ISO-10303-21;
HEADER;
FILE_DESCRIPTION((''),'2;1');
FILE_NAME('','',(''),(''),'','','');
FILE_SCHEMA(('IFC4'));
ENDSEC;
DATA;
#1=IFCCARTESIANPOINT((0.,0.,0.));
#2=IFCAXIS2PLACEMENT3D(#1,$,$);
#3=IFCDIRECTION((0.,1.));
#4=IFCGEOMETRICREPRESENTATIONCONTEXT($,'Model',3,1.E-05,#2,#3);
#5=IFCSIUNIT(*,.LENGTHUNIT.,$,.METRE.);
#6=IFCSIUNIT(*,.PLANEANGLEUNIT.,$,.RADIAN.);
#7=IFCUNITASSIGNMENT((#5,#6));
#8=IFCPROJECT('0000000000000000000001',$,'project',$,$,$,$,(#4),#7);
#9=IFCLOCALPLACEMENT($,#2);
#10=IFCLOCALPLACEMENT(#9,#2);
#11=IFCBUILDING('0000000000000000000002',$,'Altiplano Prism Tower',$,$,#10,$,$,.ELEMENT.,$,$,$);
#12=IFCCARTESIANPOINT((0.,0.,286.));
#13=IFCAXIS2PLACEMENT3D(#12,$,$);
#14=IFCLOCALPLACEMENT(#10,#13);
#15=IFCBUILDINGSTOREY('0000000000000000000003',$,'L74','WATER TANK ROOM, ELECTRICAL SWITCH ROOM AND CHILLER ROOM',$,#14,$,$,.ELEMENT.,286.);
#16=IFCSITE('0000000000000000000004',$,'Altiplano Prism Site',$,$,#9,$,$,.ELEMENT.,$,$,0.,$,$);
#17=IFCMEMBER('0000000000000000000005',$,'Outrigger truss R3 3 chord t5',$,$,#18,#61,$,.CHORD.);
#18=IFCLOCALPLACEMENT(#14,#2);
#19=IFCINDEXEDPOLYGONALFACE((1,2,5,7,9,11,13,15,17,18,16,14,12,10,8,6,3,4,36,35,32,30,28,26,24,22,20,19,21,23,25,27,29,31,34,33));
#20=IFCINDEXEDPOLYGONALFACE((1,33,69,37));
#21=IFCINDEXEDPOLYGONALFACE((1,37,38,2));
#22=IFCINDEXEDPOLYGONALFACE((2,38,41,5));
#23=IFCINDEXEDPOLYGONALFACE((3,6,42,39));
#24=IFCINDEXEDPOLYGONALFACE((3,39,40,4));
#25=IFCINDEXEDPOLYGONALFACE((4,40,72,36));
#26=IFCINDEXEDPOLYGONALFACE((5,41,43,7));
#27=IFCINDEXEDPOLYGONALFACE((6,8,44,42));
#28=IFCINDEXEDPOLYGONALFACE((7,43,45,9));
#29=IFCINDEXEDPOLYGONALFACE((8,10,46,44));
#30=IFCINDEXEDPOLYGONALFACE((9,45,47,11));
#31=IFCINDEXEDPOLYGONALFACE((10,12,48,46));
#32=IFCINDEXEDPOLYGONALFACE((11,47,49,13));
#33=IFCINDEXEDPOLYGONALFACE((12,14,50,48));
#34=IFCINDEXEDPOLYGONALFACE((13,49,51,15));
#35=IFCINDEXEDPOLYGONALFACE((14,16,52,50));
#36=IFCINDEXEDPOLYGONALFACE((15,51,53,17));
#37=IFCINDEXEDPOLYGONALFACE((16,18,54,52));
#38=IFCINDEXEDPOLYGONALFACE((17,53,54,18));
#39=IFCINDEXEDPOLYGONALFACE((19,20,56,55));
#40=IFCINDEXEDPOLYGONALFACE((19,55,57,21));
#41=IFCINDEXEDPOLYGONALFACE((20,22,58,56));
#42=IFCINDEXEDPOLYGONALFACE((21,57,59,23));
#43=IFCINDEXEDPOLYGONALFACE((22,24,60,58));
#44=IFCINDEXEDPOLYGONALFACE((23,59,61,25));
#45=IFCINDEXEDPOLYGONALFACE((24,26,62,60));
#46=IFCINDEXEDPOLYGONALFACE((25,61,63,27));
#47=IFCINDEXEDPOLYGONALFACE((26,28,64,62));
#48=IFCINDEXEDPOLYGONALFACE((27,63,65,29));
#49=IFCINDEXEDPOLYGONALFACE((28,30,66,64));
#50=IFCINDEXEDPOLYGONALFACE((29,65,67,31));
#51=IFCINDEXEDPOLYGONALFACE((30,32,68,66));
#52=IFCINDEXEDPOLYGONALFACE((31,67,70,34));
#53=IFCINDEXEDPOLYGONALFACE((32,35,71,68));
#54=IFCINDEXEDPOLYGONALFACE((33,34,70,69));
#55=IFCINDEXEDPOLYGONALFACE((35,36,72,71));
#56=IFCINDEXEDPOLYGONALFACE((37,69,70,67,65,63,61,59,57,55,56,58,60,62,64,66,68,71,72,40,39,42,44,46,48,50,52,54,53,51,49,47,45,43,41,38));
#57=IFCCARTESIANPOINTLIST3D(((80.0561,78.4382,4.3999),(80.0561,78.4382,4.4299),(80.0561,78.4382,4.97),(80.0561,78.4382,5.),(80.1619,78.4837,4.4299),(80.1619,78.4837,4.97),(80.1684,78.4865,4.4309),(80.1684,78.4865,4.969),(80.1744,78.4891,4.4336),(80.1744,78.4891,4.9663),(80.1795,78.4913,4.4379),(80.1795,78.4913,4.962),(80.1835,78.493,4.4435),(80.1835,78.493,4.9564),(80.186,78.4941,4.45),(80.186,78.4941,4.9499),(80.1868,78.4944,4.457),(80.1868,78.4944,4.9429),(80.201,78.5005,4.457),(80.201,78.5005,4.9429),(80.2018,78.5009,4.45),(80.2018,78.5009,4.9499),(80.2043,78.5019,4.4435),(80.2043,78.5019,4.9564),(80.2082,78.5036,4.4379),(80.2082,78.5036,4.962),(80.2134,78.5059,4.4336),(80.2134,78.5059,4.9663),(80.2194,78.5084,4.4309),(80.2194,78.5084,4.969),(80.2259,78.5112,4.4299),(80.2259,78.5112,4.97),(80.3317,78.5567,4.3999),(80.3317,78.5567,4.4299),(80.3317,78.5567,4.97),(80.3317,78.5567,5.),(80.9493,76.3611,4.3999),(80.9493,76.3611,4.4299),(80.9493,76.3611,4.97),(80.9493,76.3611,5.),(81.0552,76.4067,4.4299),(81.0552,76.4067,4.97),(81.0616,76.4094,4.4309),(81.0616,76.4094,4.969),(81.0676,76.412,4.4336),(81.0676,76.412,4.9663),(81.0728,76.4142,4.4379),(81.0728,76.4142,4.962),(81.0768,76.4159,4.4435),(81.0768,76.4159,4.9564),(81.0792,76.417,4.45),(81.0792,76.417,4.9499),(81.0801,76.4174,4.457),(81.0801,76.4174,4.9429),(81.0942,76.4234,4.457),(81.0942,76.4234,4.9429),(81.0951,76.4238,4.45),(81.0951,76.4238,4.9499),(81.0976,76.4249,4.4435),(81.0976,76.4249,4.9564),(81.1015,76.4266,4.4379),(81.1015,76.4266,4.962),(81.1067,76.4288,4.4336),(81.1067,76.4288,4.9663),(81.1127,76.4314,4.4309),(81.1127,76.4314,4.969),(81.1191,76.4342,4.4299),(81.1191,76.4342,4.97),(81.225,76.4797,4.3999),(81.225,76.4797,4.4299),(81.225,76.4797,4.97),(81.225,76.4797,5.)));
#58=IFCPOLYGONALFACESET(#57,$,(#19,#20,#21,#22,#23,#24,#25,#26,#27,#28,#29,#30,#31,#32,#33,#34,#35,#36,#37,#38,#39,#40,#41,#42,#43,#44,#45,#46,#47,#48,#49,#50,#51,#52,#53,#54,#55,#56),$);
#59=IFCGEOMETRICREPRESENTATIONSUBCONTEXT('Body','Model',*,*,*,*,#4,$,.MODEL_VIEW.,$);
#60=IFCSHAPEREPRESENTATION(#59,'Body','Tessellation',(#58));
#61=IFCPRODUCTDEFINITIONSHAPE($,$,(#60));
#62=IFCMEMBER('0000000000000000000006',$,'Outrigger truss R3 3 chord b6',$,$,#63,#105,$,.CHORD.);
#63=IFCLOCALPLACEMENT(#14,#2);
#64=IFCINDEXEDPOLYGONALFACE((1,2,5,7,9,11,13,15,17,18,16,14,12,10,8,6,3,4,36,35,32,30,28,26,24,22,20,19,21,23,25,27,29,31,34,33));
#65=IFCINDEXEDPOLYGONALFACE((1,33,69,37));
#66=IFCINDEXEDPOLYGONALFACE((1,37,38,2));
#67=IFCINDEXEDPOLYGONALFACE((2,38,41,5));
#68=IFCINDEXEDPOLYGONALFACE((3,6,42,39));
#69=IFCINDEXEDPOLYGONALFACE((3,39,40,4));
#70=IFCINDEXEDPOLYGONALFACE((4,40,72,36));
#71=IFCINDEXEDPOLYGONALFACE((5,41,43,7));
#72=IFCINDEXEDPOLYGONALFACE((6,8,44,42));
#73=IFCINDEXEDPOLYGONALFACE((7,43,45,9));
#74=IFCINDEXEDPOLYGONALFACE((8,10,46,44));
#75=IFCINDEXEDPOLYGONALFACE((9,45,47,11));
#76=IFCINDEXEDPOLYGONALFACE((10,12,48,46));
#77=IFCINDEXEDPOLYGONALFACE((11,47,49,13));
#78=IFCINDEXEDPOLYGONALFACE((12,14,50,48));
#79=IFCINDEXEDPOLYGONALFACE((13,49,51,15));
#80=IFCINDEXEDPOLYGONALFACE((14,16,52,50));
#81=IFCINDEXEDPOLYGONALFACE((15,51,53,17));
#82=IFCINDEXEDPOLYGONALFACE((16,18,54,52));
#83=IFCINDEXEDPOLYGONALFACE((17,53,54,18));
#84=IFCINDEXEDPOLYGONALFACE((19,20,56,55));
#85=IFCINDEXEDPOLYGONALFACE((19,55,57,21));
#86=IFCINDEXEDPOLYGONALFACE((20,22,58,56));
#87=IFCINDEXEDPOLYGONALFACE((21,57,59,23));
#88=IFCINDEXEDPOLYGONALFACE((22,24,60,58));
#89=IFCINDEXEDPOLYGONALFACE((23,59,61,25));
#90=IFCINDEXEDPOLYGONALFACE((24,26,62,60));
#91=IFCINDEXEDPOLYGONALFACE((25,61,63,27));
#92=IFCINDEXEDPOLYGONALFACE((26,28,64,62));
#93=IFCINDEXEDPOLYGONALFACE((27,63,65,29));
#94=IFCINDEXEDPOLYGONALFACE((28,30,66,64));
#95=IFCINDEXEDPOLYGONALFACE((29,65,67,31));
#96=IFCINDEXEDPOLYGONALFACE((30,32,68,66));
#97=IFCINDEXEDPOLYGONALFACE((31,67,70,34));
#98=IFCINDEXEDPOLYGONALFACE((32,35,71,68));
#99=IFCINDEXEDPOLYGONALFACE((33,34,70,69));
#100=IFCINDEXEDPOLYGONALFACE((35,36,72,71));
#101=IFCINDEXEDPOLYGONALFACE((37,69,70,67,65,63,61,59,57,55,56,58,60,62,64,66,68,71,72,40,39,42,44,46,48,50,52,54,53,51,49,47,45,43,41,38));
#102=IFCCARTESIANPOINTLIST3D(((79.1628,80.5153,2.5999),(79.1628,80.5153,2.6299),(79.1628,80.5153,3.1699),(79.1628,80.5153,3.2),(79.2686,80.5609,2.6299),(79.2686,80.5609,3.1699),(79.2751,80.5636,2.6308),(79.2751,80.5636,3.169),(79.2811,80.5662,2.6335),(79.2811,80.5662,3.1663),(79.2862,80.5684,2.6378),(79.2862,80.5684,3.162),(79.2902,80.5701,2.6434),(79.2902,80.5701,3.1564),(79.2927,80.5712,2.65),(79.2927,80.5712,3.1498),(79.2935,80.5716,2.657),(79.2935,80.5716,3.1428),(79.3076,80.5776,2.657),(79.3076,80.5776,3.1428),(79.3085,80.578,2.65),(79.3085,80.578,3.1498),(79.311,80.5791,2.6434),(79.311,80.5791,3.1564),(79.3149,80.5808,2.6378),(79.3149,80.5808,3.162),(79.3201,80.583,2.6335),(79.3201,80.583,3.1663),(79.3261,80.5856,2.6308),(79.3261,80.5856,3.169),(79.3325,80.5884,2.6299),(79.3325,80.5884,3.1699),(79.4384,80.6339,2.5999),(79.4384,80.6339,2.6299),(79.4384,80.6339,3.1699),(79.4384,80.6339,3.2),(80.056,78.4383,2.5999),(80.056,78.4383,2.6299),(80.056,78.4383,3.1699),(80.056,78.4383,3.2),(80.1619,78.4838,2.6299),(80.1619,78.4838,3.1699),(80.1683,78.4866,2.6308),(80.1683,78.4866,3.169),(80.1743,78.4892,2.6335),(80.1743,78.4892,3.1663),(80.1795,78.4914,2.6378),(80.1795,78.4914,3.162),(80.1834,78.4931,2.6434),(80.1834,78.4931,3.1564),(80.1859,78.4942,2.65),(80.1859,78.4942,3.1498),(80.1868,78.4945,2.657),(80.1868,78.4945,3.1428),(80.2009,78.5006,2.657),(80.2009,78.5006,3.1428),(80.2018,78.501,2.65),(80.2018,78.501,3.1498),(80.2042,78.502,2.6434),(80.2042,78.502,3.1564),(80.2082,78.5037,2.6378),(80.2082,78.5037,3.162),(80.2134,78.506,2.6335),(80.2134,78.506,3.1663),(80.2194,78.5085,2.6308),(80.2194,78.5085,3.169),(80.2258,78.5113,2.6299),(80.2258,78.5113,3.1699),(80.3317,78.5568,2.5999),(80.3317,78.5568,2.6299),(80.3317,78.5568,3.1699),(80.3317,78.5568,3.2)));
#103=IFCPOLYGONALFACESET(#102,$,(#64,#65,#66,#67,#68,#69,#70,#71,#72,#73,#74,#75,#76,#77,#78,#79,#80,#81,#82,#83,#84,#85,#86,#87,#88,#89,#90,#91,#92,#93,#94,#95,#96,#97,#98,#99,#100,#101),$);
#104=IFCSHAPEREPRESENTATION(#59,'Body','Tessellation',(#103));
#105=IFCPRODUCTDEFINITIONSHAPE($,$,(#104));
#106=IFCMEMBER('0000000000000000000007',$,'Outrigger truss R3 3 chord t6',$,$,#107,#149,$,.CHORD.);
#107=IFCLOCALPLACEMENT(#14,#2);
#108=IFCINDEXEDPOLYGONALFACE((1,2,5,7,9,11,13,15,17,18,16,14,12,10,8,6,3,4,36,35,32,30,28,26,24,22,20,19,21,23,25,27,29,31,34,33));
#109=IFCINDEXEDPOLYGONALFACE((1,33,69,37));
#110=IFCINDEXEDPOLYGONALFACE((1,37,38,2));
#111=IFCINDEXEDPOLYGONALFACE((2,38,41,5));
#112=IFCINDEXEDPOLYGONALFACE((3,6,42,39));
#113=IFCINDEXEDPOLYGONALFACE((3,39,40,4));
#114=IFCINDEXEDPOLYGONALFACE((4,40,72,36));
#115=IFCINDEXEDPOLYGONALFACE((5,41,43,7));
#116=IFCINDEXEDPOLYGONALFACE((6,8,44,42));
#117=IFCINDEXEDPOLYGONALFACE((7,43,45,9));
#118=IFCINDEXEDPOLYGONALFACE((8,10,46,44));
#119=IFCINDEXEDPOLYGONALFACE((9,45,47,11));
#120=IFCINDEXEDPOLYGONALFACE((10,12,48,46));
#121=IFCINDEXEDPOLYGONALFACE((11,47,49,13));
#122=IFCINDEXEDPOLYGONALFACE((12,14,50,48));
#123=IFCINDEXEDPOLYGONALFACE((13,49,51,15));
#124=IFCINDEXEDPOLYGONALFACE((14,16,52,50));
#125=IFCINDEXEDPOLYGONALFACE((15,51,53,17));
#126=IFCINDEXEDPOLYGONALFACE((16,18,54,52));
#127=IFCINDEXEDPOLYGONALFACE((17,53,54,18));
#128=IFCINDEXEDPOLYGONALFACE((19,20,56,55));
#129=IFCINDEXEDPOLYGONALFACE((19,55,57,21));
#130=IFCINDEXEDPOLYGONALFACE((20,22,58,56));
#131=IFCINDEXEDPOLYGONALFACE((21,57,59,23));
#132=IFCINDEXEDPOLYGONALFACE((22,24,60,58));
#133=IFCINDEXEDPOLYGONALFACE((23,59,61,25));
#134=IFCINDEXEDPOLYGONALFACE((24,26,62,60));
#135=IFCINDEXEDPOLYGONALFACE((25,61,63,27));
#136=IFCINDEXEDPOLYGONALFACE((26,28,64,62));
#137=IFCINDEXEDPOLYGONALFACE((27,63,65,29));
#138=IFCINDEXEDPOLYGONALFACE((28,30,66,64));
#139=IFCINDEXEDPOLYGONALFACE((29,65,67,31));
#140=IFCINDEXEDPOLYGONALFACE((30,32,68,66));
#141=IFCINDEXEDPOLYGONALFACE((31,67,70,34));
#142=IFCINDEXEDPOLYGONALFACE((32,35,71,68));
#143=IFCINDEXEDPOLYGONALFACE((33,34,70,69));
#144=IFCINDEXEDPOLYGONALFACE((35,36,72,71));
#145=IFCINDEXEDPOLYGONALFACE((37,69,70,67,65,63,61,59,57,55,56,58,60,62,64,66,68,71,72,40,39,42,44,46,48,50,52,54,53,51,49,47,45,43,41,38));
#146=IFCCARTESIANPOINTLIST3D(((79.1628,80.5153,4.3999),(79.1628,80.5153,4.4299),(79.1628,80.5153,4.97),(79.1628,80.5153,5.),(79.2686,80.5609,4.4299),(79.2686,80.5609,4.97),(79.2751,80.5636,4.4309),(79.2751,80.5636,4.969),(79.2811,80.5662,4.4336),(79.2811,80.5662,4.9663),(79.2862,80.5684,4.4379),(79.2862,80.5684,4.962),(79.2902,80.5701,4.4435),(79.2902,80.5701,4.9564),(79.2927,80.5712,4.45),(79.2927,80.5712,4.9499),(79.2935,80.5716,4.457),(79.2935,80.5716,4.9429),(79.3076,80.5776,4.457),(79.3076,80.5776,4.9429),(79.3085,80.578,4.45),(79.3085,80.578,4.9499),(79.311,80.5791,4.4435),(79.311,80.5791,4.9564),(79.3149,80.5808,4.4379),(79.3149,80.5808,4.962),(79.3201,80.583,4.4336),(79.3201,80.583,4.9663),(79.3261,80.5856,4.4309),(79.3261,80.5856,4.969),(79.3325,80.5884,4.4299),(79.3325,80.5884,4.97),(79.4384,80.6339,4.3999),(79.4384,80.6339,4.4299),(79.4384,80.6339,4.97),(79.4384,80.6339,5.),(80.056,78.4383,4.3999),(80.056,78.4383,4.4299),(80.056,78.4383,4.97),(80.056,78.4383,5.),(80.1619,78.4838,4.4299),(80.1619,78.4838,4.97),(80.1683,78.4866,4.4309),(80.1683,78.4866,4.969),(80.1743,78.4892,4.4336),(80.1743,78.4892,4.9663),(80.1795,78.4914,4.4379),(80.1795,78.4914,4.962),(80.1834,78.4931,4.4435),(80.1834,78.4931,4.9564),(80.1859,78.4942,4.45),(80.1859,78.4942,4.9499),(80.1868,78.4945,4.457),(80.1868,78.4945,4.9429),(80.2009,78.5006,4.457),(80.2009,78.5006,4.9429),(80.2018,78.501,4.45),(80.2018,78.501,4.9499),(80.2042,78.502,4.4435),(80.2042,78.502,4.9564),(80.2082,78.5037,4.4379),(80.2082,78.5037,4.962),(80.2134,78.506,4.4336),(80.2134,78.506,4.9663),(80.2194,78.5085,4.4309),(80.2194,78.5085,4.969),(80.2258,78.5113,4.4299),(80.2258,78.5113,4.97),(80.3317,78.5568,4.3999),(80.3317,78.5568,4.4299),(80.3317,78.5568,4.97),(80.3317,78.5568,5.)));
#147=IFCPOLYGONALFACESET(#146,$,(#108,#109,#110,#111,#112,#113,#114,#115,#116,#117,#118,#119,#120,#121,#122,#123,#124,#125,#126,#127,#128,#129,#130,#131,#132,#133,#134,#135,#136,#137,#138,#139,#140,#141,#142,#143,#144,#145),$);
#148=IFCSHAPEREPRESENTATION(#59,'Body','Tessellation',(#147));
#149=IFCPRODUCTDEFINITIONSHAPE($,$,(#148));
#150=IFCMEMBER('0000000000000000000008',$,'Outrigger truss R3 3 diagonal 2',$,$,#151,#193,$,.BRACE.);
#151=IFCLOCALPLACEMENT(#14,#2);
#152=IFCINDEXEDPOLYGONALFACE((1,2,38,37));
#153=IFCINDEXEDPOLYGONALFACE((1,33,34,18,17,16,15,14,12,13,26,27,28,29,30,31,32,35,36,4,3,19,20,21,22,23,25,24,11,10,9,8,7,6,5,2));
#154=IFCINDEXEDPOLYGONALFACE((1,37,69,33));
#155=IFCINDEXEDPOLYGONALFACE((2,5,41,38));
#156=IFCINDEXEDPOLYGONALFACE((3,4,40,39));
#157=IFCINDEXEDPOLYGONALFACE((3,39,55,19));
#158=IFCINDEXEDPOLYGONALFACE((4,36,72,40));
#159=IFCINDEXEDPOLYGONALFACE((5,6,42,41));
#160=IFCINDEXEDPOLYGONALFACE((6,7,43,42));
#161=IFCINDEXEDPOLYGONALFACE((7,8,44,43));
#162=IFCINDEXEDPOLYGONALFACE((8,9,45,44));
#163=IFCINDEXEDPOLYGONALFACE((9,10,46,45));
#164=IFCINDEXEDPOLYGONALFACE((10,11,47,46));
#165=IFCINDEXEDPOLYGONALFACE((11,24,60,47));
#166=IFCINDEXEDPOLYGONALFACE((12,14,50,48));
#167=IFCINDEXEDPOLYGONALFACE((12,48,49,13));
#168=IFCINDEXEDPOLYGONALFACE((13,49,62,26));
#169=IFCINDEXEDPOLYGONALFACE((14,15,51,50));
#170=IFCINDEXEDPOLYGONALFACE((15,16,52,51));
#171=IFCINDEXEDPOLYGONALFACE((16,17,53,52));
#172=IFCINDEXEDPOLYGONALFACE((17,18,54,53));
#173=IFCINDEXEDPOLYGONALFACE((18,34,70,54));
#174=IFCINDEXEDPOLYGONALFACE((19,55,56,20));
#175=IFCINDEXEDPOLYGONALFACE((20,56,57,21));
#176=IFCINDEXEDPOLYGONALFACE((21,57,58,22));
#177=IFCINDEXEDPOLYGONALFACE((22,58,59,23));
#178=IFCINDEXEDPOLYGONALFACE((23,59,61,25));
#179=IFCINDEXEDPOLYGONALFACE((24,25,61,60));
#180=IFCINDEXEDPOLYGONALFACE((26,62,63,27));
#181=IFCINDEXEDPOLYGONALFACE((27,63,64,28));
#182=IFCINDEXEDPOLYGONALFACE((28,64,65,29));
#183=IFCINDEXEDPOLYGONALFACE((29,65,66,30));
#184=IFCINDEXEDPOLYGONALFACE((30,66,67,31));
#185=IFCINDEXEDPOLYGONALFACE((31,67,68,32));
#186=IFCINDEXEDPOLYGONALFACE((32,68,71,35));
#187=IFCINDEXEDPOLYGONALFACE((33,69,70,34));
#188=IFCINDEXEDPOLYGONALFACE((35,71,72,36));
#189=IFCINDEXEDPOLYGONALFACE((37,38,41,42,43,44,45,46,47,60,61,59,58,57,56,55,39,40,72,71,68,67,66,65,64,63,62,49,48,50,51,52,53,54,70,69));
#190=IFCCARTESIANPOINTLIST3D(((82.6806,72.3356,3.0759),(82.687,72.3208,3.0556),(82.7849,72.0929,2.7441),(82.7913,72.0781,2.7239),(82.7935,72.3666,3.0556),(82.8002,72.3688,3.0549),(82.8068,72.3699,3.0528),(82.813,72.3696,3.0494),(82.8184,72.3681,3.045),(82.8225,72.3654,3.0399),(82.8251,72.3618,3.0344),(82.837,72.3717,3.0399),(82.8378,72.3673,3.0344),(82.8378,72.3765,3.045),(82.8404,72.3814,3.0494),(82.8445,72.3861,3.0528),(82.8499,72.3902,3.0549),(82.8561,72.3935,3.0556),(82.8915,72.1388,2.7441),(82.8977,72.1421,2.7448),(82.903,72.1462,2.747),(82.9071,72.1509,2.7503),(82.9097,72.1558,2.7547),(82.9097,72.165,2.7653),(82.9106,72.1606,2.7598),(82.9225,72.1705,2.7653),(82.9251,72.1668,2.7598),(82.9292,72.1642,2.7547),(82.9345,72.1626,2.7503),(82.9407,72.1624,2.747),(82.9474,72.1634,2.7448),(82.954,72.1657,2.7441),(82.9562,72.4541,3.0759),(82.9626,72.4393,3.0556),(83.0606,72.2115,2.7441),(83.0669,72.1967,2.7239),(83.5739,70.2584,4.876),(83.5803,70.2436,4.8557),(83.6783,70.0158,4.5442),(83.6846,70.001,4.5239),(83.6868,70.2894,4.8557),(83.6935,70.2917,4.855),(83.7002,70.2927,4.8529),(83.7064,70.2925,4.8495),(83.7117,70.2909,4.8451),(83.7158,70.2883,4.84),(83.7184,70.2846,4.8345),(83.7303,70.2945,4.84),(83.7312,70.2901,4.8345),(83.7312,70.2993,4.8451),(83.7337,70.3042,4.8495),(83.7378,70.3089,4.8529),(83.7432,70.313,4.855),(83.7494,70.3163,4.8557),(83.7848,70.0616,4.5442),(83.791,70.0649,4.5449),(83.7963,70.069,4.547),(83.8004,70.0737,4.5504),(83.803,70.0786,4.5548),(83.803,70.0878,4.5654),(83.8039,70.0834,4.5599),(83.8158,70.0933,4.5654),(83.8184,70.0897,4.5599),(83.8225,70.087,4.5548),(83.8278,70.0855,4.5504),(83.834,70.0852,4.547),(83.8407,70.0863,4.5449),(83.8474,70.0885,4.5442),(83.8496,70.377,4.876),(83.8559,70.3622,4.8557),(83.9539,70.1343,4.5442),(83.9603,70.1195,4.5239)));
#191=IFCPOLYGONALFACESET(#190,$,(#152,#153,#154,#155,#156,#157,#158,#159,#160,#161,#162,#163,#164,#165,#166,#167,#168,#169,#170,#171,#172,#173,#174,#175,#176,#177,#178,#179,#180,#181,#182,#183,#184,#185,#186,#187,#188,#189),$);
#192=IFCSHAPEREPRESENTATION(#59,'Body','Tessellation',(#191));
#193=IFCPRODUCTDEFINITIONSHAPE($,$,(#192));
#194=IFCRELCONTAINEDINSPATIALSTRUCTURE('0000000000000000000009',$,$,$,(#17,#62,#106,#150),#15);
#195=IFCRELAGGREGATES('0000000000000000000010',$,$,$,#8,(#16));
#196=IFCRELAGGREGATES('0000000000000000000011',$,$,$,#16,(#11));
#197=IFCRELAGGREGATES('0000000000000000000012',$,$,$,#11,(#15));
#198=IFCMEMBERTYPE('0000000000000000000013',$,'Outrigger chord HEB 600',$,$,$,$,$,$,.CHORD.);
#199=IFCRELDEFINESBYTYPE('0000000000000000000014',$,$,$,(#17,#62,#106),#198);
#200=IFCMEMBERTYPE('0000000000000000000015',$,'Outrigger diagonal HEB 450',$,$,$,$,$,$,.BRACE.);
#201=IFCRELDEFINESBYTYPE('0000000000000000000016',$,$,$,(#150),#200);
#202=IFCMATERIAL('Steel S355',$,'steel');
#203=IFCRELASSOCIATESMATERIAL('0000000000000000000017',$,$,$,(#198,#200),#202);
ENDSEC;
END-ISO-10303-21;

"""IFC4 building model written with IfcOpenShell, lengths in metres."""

from ifc_helpers import new_model, si_unit, direction, frame, origin, origin_2d, place, context, subcontext, project, spatial, i_section, extrude, material, material_profile, profile_set, type_object, element, save


model = new_model("IFC4")

# Units and contexts
model_context = context("Model", 3, precision=1e-05, world=origin(), true_north=direction((0.0, 1.0)))
body_context = subcontext(model_context, "Body", "Model", "MODEL_VIEW")
ifc_project = project(units=[si_unit("LENGTHUNIT", "METRE"), si_unit("PLANEANGLEUNIT", "RADIAN")], contexts=[model_context])

# Site, building, storey
site_placement = place(None, origin())
site = spatial("IfcSite", under=ifc_project, at=site_placement, Name="Altiplano Prism Site", CompositionType="ELEMENT", RefElevation=0.0)
building_placement = place(site_placement, origin())
building = spatial("IfcBuilding", under=site, at=building_placement, Name="Altiplano Prism Tower", CompositionType="ELEMENT")
storey_placement = place(building_placement, frame((0.0, 0.0, 286.0)))
storey = spatial("IfcBuildingStorey", under=building, at=storey_placement, Name="L74", Description="WATER TANK ROOM, ELECTRICAL SWITCH ROOM AND CHILLER ROOM", CompositionType="ELEMENT", Elevation=286.0)

# Shared definitions
ifc_material_1 = material(Name="Steel S355", Category="steel")

# Members
ifc_material_profile_1 = material_profile(ifc_material_1, i_section(OverallWidth=0.3, OverallDepth=0.6001, WebThickness=0.0154, FlangeThickness=0.03, FilletRadius=0.0271, at=origin_2d()), Name="Outrigger chord HEB 600")
ifc_profile_set_1 = profile_set([ifc_material_profile_1], Name="Steel S355")
member_type_1 = type_object("IfcMemberType", Name="Outrigger chord HEB 600", PredefinedType="CHORD", material=ifc_profile_set_1)
for number, where, z_axis, x_axis, name in (
    (1, (81.0872, 76.4204, 4.7), (-0.395079, 0.918647, 0.0), (-0.918647, -0.395079, 0.0), "Outrigger truss R3 3 chord t5"),
    (2, (80.1938, 78.4976, 2.8999), (-0.395079, 0.918647, 0.0), (-0.918647, -0.395079, 0.0), "Outrigger truss R3 3 chord b6"),
    (3, (80.1938, 78.4976, 4.7), (-0.395079, 0.918647, 0.0), (-0.918647, -0.395079, 0.0), "Outrigger truss R3 3 chord t6"),
):
    element("IfcMember", number, at=place(storey_placement, frame(where, z_axis=z_axis, x_axis=x_axis)), inside=storey, type_object=member_type_1, Name=name, PredefinedType="CHORD", context=body_context, shape_type="SweptSolid", body=[
        extrude(i_section(OverallWidth=0.3, OverallDepth=0.6001, WebThickness=0.0154, FlangeThickness=0.03, FilletRadius=0.0271, at=origin_2d()), origin(), (0.0, 0.0, 1.0), 2.261),
    ])
ifc_material_profile_2 = material_profile(ifc_material_1, i_section(OverallWidth=0.3, OverallDepth=0.45, WebThickness=0.0139, FlangeThickness=0.0259, FilletRadius=0.0271, at=origin_2d()), Name="Outrigger diagonal HEB 450")
ifc_profile_set_2 = profile_set([ifc_material_profile_2], Name="Steel S355")
member_type_2 = type_object("IfcMemberType", Name="Outrigger diagonal HEB 450", PredefinedType="BRACE", material=ifc_profile_set_2)
for number, where, z_axis, x_axis, name in (
    (4, (83.7671, 70.189, 4.7), (-0.309092, 0.71871, -0.622831), (-0.918647, -0.395079, 0.0), "Outrigger truss R3 3 diagonal 2"),
):
    element("IfcMember", number, at=place(storey_placement, frame(where, z_axis=z_axis, x_axis=x_axis)), inside=storey, type_object=member_type_2, Name=name, PredefinedType="BRACE", context=body_context, shape_type="SweptSolid", body=[
        extrude(i_section(OverallWidth=0.3, OverallDepth=0.45, WebThickness=0.0139, FlangeThickness=0.0259, FilletRadius=0.0271, at=origin_2d()), origin(), (0.0, 0.0, 1.0), 2.8901),
    ])

save(model, "model.ifc")
